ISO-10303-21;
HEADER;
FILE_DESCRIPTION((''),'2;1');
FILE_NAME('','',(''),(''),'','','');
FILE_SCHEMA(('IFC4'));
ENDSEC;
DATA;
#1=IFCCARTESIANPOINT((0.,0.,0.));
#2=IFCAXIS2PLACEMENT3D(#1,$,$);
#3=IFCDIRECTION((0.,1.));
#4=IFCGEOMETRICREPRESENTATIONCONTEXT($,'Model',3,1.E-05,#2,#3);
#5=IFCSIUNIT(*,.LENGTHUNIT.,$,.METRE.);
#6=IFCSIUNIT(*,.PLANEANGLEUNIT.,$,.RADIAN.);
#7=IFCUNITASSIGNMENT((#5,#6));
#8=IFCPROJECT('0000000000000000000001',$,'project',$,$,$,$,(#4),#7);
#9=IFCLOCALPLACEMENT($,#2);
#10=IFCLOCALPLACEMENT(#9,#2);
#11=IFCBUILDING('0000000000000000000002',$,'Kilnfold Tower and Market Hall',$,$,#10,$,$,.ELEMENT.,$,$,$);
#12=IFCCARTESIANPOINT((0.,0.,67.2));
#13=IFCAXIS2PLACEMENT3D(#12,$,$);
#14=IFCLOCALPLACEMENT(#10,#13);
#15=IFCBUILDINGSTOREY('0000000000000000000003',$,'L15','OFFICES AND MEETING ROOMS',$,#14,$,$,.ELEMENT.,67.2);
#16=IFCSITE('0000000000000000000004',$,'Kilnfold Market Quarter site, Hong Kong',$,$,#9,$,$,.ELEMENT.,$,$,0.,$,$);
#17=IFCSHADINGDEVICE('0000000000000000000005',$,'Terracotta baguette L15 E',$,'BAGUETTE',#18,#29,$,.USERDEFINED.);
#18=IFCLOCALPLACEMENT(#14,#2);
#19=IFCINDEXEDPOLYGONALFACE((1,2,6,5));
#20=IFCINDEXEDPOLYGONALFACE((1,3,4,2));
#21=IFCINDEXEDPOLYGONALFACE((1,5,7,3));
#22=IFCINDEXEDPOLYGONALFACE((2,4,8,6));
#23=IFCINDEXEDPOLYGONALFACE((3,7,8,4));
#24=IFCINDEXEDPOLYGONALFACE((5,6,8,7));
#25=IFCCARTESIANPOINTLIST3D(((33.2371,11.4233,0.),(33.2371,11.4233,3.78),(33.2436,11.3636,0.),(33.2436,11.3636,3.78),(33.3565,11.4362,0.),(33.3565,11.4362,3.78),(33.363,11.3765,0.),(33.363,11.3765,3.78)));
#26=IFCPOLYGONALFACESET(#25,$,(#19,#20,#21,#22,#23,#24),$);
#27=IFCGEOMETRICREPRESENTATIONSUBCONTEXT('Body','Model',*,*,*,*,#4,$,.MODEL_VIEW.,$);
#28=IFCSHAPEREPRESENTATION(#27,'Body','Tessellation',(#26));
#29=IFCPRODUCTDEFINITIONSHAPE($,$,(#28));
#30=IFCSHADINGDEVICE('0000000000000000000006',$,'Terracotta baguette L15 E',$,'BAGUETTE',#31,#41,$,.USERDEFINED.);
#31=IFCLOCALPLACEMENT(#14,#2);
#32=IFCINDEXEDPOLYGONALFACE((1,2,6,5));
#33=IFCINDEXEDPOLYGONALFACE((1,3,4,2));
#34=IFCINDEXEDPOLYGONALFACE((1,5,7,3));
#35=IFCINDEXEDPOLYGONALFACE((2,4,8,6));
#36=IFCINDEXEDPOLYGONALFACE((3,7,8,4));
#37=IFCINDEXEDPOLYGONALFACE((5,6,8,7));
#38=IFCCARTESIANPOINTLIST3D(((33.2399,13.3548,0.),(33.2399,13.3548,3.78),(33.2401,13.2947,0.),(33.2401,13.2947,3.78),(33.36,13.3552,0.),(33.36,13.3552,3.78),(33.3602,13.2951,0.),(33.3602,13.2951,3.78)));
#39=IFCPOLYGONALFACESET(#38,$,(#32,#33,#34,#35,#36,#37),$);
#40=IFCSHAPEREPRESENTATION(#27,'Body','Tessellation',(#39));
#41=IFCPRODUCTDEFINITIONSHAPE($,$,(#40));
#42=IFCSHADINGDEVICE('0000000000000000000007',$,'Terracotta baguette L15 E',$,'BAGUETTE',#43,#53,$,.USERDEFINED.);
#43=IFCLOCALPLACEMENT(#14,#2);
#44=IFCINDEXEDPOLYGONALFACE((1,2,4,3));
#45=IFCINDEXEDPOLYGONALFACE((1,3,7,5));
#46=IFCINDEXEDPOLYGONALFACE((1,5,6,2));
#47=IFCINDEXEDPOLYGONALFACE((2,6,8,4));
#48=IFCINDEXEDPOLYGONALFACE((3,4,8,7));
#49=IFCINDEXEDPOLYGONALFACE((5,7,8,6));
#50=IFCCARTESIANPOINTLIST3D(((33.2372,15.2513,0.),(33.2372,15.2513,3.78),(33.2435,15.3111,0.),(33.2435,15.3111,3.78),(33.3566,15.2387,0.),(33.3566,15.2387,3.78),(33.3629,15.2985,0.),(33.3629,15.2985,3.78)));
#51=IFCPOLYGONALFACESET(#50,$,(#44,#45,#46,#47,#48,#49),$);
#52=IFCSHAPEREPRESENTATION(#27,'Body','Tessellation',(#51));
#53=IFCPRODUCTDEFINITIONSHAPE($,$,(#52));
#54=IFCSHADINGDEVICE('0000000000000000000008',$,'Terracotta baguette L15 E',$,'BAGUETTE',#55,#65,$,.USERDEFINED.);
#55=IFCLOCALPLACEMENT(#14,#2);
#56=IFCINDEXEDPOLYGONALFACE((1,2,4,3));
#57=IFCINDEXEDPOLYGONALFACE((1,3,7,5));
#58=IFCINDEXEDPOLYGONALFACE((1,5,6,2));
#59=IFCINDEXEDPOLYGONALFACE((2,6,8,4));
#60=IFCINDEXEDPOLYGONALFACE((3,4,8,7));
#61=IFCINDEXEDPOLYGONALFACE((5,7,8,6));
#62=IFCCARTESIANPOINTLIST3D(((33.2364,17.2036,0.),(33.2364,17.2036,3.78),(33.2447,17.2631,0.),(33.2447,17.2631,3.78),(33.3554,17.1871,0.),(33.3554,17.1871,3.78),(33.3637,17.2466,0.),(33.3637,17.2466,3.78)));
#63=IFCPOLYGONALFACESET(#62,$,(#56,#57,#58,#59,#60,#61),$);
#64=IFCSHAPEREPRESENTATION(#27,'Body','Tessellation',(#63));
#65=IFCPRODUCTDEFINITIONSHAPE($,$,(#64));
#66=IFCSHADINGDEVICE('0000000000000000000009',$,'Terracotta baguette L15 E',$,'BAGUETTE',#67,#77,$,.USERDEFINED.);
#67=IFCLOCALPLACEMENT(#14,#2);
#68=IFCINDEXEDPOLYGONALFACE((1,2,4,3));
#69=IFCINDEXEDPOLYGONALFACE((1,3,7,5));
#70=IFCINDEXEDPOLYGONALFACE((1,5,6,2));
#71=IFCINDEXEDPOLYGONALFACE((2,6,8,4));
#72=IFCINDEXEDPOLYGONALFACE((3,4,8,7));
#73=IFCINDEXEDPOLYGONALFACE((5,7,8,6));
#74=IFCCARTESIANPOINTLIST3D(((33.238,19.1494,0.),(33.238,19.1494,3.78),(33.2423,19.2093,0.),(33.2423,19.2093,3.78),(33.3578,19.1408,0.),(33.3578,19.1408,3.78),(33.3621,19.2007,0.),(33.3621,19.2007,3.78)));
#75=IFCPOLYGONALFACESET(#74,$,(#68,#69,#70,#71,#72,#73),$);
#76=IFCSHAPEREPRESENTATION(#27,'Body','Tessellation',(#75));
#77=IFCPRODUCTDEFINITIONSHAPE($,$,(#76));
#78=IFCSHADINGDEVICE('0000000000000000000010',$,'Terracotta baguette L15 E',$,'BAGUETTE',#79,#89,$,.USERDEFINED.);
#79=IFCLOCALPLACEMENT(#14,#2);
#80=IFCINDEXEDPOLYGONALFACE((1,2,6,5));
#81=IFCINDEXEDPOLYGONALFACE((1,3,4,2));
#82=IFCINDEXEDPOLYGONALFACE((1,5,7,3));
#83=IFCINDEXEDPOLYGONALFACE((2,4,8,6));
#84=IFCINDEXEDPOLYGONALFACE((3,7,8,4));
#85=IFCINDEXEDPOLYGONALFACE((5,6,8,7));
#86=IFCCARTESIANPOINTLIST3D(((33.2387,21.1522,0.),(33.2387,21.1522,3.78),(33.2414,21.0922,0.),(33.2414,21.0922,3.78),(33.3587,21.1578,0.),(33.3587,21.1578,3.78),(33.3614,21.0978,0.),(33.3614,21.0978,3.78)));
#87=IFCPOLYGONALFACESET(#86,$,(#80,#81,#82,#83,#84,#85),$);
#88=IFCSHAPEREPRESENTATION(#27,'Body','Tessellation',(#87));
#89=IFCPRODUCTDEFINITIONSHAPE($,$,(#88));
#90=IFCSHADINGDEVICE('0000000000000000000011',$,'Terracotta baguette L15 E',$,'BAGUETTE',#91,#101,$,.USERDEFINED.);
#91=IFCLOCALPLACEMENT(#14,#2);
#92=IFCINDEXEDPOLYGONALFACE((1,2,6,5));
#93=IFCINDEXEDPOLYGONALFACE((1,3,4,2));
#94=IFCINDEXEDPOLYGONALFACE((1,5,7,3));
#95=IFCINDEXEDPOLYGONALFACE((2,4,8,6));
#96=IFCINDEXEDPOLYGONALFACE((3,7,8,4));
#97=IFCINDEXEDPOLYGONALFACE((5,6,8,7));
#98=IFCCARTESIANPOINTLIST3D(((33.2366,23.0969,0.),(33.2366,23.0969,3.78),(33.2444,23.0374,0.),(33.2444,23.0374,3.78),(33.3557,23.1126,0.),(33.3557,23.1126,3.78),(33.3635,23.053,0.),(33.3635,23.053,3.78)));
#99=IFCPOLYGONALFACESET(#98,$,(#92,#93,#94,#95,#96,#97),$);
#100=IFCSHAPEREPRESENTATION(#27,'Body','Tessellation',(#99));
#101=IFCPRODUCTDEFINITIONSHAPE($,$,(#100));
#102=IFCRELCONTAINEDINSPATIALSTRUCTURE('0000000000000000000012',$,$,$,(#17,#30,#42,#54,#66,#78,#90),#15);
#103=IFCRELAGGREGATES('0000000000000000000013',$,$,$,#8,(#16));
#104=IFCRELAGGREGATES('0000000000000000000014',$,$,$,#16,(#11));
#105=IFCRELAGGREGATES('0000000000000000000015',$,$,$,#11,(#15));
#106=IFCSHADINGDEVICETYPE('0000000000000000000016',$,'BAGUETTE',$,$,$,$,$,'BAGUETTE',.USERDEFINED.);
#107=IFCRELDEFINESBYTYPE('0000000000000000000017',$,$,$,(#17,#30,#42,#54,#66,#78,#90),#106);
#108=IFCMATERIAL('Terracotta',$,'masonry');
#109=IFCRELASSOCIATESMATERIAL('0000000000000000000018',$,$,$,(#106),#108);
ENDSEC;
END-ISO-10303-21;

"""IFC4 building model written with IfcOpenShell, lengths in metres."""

from ifc_helpers import new_model, si_unit, direction, frame, origin, origin_2d, place, context, subcontext, project, spatial, rectangle, extrude, source, transform, mapped, material, material_profile, profile_set, type_object, element, save


model = new_model("IFC4")

# Units and contexts
model_context = context("Model", 3, precision=1e-05, world=origin(), true_north=direction((0.0, 1.0)))
body_context = subcontext(model_context, "Body", "Model", "MODEL_VIEW")
ifc_project = project(units=[si_unit("LENGTHUNIT", "METRE"), si_unit("PLANEANGLEUNIT", "RADIAN")], contexts=[model_context])

# Site, building, storey
site_placement = place(None, origin())
site = spatial("IfcSite", under=ifc_project, at=site_placement, Name="Kilnfold Market Quarter site, Hong Kong", CompositionType="ELEMENT", RefElevation=0.0)
building_placement = place(site_placement, origin())
building = spatial("IfcBuilding", under=site, at=building_placement, Name="Kilnfold Tower and Market Hall", CompositionType="ELEMENT")
storey_placement = place(building_placement, frame((0.0, 0.0, 67.2)))
storey = spatial("IfcBuildingStorey", under=building, at=storey_placement, Name="L15", Description="OFFICES AND MEETING ROOMS", CompositionType="ELEMENT", Elevation=67.2)

# Shading devices
ifc_material_1 = material(Name="Terracotta", Category="masonry")
ifc_material_profile_1 = material_profile(ifc_material_1, rectangle(XDim=0.0601, YDim=0.1201, at=origin_2d()), Name="BAG 60x120")
ifc_profile_set_1 = profile_set([ifc_material_profile_1], Name="Terracotta")
shading_device_type = type_object("IfcShadingDeviceType", Name="BAGUETTE", ElementType="BAGUETTE", PredefinedType="USERDEFINED", material=ifc_profile_set_1)
shared_shape_1 = source(origin(), body_context, "Body", "SweptSolid", [
    extrude(rectangle(XDim=0.0601, YDim=0.1201, at=origin_2d()), origin(), (0.0, 0.0, 1.0), 3.78),
])
for number, where, z_axis, x_axis, name in (
    (1, (33.3, 11.3999, 0.0), (0.0, 0.0, 1.0), (-0.108018, 0.994149, 0.0), "Terracotta baguette L15 E"),
    (2, (33.3, 13.325, 0.0), (0.0, 0.0, 1.0), (-0.003211, 0.999995, 0.0), "Terracotta baguette L15 E"),
    (3, (33.3, 15.2749, 0.0), (0.0, 0.0, 1.0), (0.104903, 0.994482, 0.0), "Terracotta baguette L15 E"),
    (4, (33.3, 17.2251, 0.0), (0.0, 0.0, 1.0), (0.137483, 0.990504, 0.0), "Terracotta baguette L15 E"),
    (5, (33.3, 19.175, 0.0), (0.0, 0.0, 1.0), (0.071621, 0.997432, 0.0), "Terracotta baguette L15 E"),
    (6, (33.3, 21.125, 0.0), (0.0, 0.0, 1.0), (-0.046026, 0.99894, 0.0), "Terracotta baguette L15 E"),
    (7, (33.3, 23.075, 0.0), (0.0, 0.0, 1.0), (-0.130324, 0.991471, 0.0), "Terracotta baguette L15 E"),
):
    element("IfcShadingDevice", number, at=place(storey_placement, frame(where, z_axis=z_axis, x_axis=x_axis)), inside=storey, type_object=shading_device_type, Name=name, ObjectType="BAGUETTE", PredefinedType="USERDEFINED", context=body_context, shape_type="MappedRepresentation", body=[
        mapped(shared_shape_1, transform((0.0, 0.0, 0.0))),
    ])

save(model, "model.ifc")
